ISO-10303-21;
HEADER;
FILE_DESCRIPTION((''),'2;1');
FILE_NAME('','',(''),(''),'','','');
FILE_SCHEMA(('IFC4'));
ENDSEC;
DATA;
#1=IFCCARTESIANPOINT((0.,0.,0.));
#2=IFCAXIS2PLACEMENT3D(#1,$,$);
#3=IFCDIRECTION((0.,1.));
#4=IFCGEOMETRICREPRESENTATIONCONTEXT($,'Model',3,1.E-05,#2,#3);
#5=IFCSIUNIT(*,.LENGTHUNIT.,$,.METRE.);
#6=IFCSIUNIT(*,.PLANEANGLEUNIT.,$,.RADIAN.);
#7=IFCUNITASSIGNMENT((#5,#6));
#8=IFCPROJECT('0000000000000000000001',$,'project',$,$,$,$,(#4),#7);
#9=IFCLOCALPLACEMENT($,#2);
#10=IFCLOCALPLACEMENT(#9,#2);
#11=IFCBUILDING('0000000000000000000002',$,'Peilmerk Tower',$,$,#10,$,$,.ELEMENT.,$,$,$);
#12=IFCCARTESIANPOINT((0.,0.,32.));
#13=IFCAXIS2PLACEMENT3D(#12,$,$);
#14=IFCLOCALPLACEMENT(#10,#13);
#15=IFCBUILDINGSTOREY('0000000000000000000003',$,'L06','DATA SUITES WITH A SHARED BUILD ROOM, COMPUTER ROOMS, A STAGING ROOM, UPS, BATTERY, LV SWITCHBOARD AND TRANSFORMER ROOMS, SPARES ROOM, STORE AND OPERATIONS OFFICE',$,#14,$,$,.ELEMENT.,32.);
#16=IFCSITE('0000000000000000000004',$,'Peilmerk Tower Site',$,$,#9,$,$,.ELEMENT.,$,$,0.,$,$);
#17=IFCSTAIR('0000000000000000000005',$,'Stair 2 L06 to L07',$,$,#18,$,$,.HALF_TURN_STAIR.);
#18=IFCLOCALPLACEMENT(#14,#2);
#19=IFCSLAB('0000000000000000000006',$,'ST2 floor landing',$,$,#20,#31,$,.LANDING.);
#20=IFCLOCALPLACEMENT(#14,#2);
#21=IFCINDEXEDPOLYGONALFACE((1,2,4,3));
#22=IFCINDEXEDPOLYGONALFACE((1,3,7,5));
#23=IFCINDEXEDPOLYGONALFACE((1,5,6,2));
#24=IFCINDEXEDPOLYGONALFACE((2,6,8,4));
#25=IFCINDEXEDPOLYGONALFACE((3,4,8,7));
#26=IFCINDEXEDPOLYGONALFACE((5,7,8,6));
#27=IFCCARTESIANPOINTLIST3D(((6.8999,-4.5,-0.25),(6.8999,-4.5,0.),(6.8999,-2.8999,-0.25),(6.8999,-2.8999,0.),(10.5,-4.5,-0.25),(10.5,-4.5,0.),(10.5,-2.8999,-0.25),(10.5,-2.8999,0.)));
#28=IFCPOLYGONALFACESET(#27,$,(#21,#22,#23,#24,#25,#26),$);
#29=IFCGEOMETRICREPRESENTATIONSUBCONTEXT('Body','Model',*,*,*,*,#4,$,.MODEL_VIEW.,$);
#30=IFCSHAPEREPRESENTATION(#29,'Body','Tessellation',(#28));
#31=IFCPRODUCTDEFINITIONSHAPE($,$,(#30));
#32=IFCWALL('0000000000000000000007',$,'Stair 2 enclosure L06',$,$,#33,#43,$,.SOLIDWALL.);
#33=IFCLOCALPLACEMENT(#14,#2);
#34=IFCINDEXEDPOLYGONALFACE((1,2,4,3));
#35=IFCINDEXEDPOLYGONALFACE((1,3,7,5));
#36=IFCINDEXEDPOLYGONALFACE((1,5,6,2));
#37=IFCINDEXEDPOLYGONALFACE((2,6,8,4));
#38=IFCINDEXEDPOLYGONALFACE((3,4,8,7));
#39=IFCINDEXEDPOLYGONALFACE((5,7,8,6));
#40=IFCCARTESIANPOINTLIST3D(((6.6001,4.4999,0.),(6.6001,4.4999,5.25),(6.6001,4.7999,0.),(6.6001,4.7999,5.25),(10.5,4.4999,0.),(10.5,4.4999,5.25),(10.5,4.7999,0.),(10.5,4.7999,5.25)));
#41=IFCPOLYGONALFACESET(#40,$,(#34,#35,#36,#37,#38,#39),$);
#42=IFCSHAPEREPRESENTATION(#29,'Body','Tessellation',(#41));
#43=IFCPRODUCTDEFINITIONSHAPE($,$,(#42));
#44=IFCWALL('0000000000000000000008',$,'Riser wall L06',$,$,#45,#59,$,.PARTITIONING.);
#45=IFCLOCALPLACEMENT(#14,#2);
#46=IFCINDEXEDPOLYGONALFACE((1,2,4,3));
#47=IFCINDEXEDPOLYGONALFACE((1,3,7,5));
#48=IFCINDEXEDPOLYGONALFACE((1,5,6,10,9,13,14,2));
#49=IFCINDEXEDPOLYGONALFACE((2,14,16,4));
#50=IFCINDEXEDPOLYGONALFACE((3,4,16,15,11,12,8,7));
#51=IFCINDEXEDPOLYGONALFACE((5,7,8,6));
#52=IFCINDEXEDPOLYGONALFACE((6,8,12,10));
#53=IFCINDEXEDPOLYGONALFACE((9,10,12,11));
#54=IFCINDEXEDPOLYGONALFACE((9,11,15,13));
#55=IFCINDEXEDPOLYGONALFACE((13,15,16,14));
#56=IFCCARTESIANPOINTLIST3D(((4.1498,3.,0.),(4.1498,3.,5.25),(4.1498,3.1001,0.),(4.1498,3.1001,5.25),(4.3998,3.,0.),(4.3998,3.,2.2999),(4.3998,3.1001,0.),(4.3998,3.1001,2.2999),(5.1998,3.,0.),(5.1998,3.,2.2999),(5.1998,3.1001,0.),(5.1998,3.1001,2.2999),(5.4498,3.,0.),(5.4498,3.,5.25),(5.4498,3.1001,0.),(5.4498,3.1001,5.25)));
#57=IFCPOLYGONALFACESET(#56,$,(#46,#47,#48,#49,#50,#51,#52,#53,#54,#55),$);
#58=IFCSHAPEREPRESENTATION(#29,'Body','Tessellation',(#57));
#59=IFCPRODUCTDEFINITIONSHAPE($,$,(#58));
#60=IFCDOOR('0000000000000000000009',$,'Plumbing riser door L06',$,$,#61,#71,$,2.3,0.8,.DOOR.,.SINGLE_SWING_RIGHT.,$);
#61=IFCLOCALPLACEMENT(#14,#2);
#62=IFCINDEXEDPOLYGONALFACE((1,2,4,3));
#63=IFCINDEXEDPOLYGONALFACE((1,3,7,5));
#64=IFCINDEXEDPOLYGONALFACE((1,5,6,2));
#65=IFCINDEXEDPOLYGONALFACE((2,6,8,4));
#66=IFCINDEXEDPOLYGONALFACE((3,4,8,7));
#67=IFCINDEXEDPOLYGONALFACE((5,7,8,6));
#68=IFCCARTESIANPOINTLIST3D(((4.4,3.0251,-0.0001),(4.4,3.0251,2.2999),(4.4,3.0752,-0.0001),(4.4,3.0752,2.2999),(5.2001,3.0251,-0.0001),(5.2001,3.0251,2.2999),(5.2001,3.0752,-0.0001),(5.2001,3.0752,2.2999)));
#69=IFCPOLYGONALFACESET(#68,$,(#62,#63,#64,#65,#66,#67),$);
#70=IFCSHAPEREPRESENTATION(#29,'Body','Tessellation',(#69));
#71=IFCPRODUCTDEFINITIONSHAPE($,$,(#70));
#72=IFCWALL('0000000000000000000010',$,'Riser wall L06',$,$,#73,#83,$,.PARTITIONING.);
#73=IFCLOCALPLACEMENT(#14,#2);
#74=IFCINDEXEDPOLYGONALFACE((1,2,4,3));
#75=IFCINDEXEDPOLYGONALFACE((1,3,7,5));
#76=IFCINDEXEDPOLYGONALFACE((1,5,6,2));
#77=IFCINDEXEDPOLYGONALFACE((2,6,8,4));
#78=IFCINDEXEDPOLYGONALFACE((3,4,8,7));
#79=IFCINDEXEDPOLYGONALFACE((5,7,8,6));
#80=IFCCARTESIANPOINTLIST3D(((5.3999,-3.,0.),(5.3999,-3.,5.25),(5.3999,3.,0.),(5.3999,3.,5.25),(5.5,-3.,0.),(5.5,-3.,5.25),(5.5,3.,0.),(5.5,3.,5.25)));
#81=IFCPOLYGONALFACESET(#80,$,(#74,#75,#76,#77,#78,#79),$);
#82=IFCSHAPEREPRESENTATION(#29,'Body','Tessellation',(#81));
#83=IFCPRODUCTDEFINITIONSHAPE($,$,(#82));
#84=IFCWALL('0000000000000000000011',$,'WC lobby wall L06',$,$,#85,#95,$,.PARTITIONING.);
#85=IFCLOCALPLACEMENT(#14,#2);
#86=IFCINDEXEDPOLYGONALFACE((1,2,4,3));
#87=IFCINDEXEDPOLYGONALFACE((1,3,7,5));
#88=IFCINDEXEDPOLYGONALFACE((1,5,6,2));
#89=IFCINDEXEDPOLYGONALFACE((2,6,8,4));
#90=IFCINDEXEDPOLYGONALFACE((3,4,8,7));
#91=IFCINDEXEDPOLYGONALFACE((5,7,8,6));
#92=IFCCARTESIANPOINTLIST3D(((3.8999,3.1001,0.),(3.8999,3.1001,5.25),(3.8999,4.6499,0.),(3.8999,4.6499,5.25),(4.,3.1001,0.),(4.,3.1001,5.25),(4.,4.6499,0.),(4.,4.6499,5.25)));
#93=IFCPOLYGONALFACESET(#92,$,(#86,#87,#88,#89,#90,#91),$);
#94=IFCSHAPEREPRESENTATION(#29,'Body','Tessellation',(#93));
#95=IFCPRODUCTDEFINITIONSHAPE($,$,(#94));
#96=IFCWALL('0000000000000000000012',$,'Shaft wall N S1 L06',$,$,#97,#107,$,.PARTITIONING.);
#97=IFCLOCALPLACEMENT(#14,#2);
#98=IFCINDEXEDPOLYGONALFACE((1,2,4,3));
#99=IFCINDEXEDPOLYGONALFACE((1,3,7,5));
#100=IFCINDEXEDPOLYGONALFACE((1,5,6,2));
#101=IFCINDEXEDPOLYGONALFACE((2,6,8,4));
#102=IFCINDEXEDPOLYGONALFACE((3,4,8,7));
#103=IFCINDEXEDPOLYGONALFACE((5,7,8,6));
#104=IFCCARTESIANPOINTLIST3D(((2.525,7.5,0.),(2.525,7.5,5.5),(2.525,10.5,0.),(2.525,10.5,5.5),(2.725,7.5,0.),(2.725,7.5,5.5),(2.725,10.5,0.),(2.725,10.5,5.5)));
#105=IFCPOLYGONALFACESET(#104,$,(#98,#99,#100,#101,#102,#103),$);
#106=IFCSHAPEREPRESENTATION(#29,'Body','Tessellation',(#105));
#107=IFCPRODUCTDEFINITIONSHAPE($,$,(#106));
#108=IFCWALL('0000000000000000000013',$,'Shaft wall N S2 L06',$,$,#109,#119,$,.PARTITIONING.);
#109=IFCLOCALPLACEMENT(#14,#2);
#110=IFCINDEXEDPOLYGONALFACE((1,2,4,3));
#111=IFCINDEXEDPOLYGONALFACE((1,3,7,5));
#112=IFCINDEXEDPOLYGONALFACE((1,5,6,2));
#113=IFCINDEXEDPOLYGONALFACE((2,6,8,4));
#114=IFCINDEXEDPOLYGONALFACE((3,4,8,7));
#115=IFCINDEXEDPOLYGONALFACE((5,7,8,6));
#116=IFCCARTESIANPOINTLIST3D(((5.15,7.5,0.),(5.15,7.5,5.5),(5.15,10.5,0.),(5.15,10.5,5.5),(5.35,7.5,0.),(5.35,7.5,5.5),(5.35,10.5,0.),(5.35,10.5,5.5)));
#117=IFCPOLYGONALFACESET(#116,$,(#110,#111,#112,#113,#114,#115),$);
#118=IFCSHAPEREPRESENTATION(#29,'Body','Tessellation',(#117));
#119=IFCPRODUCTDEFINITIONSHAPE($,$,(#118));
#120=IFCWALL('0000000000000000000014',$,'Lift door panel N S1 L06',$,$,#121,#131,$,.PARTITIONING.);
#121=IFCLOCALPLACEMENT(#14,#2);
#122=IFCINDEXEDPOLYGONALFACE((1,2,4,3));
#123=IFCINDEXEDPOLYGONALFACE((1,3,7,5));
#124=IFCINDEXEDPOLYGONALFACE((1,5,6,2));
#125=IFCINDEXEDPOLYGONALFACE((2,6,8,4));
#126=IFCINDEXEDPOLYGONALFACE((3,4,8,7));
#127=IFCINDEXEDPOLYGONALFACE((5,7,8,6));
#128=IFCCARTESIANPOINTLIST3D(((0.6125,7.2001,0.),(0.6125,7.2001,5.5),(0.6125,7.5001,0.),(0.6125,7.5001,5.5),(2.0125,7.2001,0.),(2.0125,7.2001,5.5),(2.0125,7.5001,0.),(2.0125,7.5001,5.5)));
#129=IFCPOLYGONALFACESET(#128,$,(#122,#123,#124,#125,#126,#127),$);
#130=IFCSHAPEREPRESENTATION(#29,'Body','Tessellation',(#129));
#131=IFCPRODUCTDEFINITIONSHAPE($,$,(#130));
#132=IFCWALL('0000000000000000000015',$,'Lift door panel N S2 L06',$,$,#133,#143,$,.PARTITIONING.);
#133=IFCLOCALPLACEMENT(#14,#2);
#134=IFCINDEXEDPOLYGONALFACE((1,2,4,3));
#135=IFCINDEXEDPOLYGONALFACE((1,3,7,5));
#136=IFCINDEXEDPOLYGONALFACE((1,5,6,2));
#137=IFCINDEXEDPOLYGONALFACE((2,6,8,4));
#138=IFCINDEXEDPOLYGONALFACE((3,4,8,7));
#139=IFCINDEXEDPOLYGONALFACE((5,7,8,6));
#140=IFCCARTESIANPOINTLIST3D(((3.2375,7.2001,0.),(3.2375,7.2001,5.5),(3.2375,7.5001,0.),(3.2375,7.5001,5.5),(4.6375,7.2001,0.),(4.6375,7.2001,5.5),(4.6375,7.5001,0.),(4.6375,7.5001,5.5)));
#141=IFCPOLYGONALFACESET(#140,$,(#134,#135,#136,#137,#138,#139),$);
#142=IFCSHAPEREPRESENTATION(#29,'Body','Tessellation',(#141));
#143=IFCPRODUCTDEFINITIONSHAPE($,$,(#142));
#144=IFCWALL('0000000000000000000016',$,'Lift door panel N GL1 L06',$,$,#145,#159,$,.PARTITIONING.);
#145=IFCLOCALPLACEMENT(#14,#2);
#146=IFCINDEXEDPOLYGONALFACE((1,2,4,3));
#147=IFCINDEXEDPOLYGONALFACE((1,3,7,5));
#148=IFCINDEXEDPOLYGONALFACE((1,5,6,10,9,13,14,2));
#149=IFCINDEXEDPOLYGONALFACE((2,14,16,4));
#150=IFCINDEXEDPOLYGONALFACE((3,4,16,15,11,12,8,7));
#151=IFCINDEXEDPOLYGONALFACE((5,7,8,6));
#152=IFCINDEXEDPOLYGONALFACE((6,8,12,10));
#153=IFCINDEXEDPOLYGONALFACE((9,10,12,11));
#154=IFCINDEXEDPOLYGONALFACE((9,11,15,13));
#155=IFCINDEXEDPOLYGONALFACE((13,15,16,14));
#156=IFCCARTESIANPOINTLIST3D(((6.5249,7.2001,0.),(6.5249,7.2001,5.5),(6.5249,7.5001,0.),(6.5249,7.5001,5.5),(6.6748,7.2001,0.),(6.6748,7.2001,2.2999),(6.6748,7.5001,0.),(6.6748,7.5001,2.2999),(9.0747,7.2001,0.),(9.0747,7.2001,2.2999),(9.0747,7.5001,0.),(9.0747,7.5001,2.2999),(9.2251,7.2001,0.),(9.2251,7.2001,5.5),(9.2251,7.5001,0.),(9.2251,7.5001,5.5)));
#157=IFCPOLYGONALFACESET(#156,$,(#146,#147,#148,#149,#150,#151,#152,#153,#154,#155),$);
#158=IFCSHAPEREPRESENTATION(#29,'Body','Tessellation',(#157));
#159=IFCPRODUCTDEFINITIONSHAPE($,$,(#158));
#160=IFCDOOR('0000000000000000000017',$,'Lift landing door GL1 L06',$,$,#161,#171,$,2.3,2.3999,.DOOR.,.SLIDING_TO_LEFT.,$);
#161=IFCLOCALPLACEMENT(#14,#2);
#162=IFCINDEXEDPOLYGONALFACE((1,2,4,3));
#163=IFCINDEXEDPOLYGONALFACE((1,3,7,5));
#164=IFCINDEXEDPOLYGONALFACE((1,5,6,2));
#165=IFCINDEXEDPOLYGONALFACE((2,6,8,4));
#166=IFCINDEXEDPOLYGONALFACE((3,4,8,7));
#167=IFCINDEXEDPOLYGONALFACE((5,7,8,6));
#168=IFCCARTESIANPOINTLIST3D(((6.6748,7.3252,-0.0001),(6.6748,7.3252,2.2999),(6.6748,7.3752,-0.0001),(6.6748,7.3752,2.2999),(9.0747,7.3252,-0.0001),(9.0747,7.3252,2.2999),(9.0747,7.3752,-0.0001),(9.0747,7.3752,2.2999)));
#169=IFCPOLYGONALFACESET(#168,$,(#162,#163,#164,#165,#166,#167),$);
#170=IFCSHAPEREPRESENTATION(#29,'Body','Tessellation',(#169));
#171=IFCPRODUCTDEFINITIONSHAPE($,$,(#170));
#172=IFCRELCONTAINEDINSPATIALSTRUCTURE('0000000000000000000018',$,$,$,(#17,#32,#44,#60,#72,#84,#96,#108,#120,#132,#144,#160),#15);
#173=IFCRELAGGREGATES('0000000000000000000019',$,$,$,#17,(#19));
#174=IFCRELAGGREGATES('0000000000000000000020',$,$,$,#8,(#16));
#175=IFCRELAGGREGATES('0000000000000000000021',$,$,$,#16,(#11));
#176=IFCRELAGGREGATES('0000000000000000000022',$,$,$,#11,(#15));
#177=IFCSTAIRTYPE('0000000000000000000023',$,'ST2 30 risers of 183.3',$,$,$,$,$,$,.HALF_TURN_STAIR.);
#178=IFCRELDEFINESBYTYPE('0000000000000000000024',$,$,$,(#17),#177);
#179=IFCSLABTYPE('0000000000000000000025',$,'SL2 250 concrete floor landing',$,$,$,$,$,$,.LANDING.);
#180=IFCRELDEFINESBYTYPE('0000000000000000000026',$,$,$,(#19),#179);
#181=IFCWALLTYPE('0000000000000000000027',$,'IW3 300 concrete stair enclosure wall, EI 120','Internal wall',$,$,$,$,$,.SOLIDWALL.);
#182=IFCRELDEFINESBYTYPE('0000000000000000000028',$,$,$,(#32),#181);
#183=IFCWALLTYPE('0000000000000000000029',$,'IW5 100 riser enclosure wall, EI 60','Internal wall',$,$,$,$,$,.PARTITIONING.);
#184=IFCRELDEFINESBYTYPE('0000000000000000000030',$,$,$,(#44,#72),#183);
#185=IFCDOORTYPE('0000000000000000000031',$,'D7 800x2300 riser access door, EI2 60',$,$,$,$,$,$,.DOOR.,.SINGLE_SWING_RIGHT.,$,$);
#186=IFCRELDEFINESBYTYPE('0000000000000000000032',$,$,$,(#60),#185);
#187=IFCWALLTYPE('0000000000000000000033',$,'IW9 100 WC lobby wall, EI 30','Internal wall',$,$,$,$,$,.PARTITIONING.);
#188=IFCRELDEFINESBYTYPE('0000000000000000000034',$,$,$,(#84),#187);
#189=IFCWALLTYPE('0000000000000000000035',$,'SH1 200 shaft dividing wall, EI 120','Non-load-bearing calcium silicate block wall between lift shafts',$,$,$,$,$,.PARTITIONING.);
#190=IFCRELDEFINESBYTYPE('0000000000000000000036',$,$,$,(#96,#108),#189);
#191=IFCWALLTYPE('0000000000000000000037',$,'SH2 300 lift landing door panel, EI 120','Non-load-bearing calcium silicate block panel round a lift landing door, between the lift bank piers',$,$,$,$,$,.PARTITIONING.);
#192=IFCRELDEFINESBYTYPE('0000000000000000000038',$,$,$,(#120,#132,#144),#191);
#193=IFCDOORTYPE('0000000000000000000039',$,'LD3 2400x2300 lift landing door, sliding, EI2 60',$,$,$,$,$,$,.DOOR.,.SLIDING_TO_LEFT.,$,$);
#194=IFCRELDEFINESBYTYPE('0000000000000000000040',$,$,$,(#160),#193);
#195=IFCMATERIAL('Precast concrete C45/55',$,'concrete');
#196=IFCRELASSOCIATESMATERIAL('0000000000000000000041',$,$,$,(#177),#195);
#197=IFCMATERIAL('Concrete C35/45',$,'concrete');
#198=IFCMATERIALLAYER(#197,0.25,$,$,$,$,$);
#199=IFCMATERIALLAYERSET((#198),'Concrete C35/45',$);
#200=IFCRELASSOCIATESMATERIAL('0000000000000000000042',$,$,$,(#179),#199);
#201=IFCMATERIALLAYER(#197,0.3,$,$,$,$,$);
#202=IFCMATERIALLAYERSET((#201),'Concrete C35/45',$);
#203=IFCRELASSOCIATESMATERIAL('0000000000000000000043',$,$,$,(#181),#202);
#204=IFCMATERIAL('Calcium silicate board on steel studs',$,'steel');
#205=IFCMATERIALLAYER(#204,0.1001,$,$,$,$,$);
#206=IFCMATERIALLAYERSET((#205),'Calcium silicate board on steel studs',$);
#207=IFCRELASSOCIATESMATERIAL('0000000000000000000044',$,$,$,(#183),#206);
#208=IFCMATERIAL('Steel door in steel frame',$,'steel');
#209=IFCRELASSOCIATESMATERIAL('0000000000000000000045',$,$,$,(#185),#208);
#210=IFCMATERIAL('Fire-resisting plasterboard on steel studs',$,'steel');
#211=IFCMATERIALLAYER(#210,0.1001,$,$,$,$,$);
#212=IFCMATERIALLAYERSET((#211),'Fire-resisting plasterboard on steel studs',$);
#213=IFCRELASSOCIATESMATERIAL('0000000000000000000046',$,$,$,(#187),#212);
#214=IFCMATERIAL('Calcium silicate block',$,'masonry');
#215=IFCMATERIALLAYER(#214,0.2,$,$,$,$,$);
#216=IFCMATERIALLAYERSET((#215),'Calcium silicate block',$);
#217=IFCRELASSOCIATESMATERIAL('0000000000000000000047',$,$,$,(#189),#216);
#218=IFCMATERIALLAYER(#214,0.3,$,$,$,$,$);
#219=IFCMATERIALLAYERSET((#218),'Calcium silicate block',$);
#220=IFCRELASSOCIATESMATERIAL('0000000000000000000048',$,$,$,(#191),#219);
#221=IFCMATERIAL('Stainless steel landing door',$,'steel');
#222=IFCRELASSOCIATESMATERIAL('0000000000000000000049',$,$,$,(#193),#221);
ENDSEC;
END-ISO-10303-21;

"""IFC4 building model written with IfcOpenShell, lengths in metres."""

from ifc_helpers import new_model, si_unit, direction, frame, frame_2d, origin, place, context, subcontext, project, spatial, polyline, rectangle, outline, extrude, material, layer, layer_set, type_object, element, fill, aggregate, save


model = new_model("IFC4")

# Units and contexts
model_context = context("Model", 3, precision=1e-05, world=origin(), true_north=direction((0.0, 1.0)))
body_context = subcontext(model_context, "Body", "Model", "MODEL_VIEW")
ifc_project = project(units=[si_unit("LENGTHUNIT", "METRE"), si_unit("PLANEANGLEUNIT", "RADIAN")], contexts=[model_context])

# Site, building, storey
site_placement = place(None, origin())
site = spatial("IfcSite", under=ifc_project, at=site_placement, Name="Peilmerk Tower Site", CompositionType="ELEMENT", RefElevation=0.0)
building_placement = place(site_placement, origin())
building = spatial("IfcBuilding", under=site, at=building_placement, Name="Peilmerk Tower", CompositionType="ELEMENT")
storey_placement = place(building_placement, frame((0.0, 0.0, 32.0)))
storey = spatial("IfcBuildingStorey", under=building, at=storey_placement, Name="L06", Description="DATA SUITES WITH A SHARED BUILD ROOM, COMPUTER ROOMS, A STAGING ROOM, UPS, BATTERY, LV SWITCHBOARD AND TRANSFORMER ROOMS, SPARES ROOM, STORE AND OPERATIONS OFFICE", CompositionType="ELEMENT", Elevation=32.0)

# Stair, slab
ifc_material_1 = material(Name="Precast concrete C45/55", Category="concrete")
stair_type = type_object("IfcStairType", Name="ST2 30 risers of 183.3", PredefinedType="HALF_TURN_STAIR", material=ifc_material_1)
stair_placement = place(storey_placement, origin())
stair = element("IfcStair", 1, at=stair_placement, inside=storey, type_object=stair_type, Name="Stair 2 L06 to L07", PredefinedType="HALF_TURN_STAIR")
ifc_material_2 = material(Name="Concrete C35/45", Category="concrete")
ifc_layer_1 = layer(ifc_material_2, 0.25)
ifc_layer_set_1 = layer_set([ifc_layer_1], Name="Concrete C35/45")
slab_type = type_object("IfcSlabType", Name="SL2 250 concrete floor landing", PredefinedType="LANDING", material=ifc_layer_set_1)
slab_placement = place(storey_placement, frame((0.0, 0.0, -0.25)))
slab = element("IfcSlab", 2, at=slab_placement, type_object=slab_type, Name="ST2 floor landing", PredefinedType="LANDING", context=body_context, shape_type="SweptSolid", body=[
    extrude(outline(polyline([(6.8999, -4.5), (10.5, -4.5), (10.5, -2.8999), (6.8999, -2.8999), (6.8999, -4.5)])), origin(), (0.0, 0.0, 1.0), 0.25),
])
aggregate(stair, [slab])

# Wall
ifc_layer_2 = layer(ifc_material_2, 0.3)
ifc_layer_set_2 = layer_set([ifc_layer_2], Name="Concrete C35/45")
wall_type_1 = type_object("IfcWallType", Name="IW3 300 concrete stair enclosure wall, EI 120", Description="Internal wall", PredefinedType="SOLIDWALL", material=ifc_layer_set_2)
wall_1_placement = place(storey_placement, frame((6.6001, 4.6499, 0.0), z_axis=(0.0, 0.0, 1.0), x_axis=(1.0, 0.0, 0.0)))
element("IfcWall", 3, at=wall_1_placement, inside=storey, type_object=wall_type_1, Name="Stair 2 enclosure L06", PredefinedType="SOLIDWALL", context=body_context, shape_type="SweptSolid", body=[
    extrude(rectangle(XDim=3.8999, YDim=0.3, at=frame_2d((1.95, 0.0))), origin(), (0.0, 0.0, 1.0), 5.25),
])

# Wall, opening, door
ifc_material_3 = material(Name="Calcium silicate board on steel studs", Category="steel")
ifc_layer_3 = layer(ifc_material_3, 0.1001)
ifc_layer_set_3 = layer_set([ifc_layer_3], Name="Calcium silicate board on steel studs")
wall_type_2 = type_object("IfcWallType", Name="IW5 100 riser enclosure wall, EI 60", Description="Internal wall", PredefinedType="PARTITIONING", material=ifc_layer_set_3)
wall_2_placement = place(storey_placement, frame((4.1499, 3.05, 0.0), z_axis=(0.0, 0.0, 1.0), x_axis=(1.0, 0.0, 0.0)))
wall_2 = element("IfcWall", 4, at=wall_2_placement, inside=storey, type_object=wall_type_2, Name="Riser wall L06", PredefinedType="PARTITIONING", context=body_context, shape_type="SweptSolid", body=[
    extrude(rectangle(XDim=1.3, YDim=0.1001, at=frame_2d((0.6499, 0.0))), origin(), (0.0, 0.0, 1.0), 5.25),
])
opening_1_placement = place(wall_2_placement, frame((0.25, 0.0, 0.0)))
opening_1 = element("IfcOpeningElement", 5, at=opening_1_placement, cuts=wall_2, PredefinedType="OPENING", context=body_context, shape_type="SweptSolid", body=[
    extrude(rectangle(XDim=0.8, YDim=2.3, at=frame_2d((0.3999, 1.1499))), frame((0.0, 0.0601, 0.0), z_axis=(0.0, -1.0, 0.0), x_axis=(1.0, 0.0, 0.0)), (0.0, 0.0, 1.0), 0.1201),
])
ifc_material_4 = material(Name="Steel door in steel frame", Category="steel")
door_type_1 = type_object("IfcDoorType", Name="D7 800x2300 riser access door, EI2 60", OperationType="SINGLE_SWING_RIGHT", PredefinedType="DOOR", material=ifc_material_4)
door_1_placement = place(opening_1_placement, frame((0.8, 0.0, 0.0), z_axis=(0.0, 0.0, 1.0), x_axis=(-1.0, 0.0, 0.0)))
door_1 = element("IfcDoor", 6, at=door_1_placement, inside=storey, type_object=door_type_1, Name="Plumbing riser door L06", OperationType="SINGLE_SWING_RIGHT", OverallHeight=2.3, OverallWidth=0.8, PredefinedType="DOOR", context=body_context, shape_type="SweptSolid", body=[
    extrude(rectangle(XDim=0.8, YDim=2.3, at=frame_2d((0.3999, 1.1499))), frame((0.0, 0.0249, 0.0), z_axis=(0.0, -1.0, 0.0), x_axis=(1.0, 0.0, 0.0)), (0.0, 0.0, 1.0), 0.05),
])
fill(opening_1, door_1)

# Walls
wall_3_placement = place(storey_placement, frame((5.45, 3.0, 0.0), z_axis=(0.0, 0.0, 1.0), x_axis=(0.0, -1.0, 0.0)))
element("IfcWall", 7, at=wall_3_placement, inside=storey, type_object=wall_type_2, Name="Riser wall L06", PredefinedType="PARTITIONING", context=body_context, shape_type="SweptSolid", body=[
    extrude(rectangle(XDim=6.0, YDim=0.1001, at=frame_2d((3.0, 0.0))), origin(), (0.0, 0.0, 1.0), 5.25),
])
ifc_material_5 = material(Name="Fire-resisting plasterboard on steel studs", Category="steel")
ifc_layer_4 = layer(ifc_material_5, 0.1001)
ifc_layer_set_4 = layer_set([ifc_layer_4], Name="Fire-resisting plasterboard on steel studs")
wall_type_3 = type_object("IfcWallType", Name="IW9 100 WC lobby wall, EI 30", Description="Internal wall", PredefinedType="PARTITIONING", material=ifc_layer_set_4)
wall_4_placement = place(storey_placement, frame((3.95, 3.1001, 0.0), z_axis=(0.0, 0.0, 1.0), x_axis=(0.0, 1.0, 0.0)))
element("IfcWall", 8, at=wall_4_placement, inside=storey, type_object=wall_type_3, Name="WC lobby wall L06", PredefinedType="PARTITIONING", context=body_context, shape_type="SweptSolid", body=[
    extrude(rectangle(XDim=1.5498, YDim=0.1001, at=frame_2d((0.7749, 0.0))), origin(), (0.0, 0.0, 1.0), 5.25),
])
ifc_material_6 = material(Name="Calcium silicate block", Category="masonry")
ifc_layer_5 = layer(ifc_material_6, 0.2)
ifc_layer_set_5 = layer_set([ifc_layer_5], Name="Calcium silicate block")
wall_type_4 = type_object("IfcWallType", Name="SH1 200 shaft dividing wall, EI 120", Description="Non-load-bearing calcium silicate block wall between lift shafts", PredefinedType="PARTITIONING", material=ifc_layer_set_5)
for number, where, z_axis, x_axis, name in (
    (9, (2.625, 7.5, 0.0), (0.0, 0.0, 1.0), (0.0, 1.0, 0.0), "Shaft wall N S1 L06"),
    (10, (5.25, 7.5, 0.0), (0.0, 0.0, 1.0), (0.0, 1.0, 0.0), "Shaft wall N S2 L06"),
):
    element("IfcWall", number, at=place(storey_placement, frame(where, z_axis=z_axis, x_axis=x_axis)), inside=storey, type_object=wall_type_4, Name=name, PredefinedType="PARTITIONING", context=body_context, shape_type="SweptSolid", body=[
        extrude(rectangle(XDim=3.0, YDim=0.2, at=frame_2d((1.5, 0.0))), origin(), (0.0, 0.0, 1.0), 5.5),
    ])
ifc_layer_6 = layer(ifc_material_6, 0.3)
ifc_layer_set_6 = layer_set([ifc_layer_6], Name="Calcium silicate block")
wall_type_5 = type_object("IfcWallType", Name="SH2 300 lift landing door panel, EI 120", Description="Non-load-bearing calcium silicate block panel round a lift landing door, between the lift bank piers", PredefinedType="PARTITIONING", material=ifc_layer_set_6)
for number, where, z_axis, x_axis, name in (
    (11, (0.6125, 7.3501, 0.0), (0.0, 0.0, 1.0), (1.0, 0.0, 0.0), "Lift door panel N S1 L06"),
    (12, (3.2375, 7.3501, 0.0), (0.0, 0.0, 1.0), (1.0, 0.0, 0.0), "Lift door panel N S2 L06"),
):
    element("IfcWall", number, at=place(storey_placement, frame(where, z_axis=z_axis, x_axis=x_axis)), inside=storey, type_object=wall_type_5, Name=name, PredefinedType="PARTITIONING", context=body_context, shape_type="SweptSolid", body=[
        extrude(rectangle(XDim=1.3999, YDim=0.3, at=frame_2d((0.7, 0.0))), origin(), (0.0, 0.0, 1.0), 5.5),
    ])

# Wall, opening, door
wall_5_placement = place(storey_placement, frame((6.5249, 7.3501, 0.0), z_axis=(0.0, 0.0, 1.0), x_axis=(1.0, 0.0, 0.0)))
wall_5 = element("IfcWall", 13, at=wall_5_placement, inside=storey, type_object=wall_type_5, Name="Lift door panel N GL1 L06", PredefinedType="PARTITIONING", context=body_context, shape_type="SweptSolid", body=[
    extrude(rectangle(XDim=2.7002, YDim=0.3, at=frame_2d((1.3501, 0.0))), origin(), (0.0, 0.0, 1.0), 5.5),
])
opening_2_placement = place(wall_5_placement, frame((0.1499, 0.0, 0.0)))
opening_2 = element("IfcOpeningElement", 14, at=opening_2_placement, cuts=wall_5, PredefinedType="OPENING", context=body_context, shape_type="SweptSolid", body=[
    extrude(rectangle(XDim=2.3999, YDim=2.3, at=frame_2d((1.2, 1.1499))), frame((0.0, 0.1599, 0.0), z_axis=(0.0, -1.0, 0.0), x_axis=(1.0, 0.0, 0.0)), (0.0, 0.0, 1.0), 0.3201),
])
ifc_material_7 = material(Name="Stainless steel landing door", Category="steel")
door_type_2 = type_object("IfcDoorType", Name="LD3 2400x2300 lift landing door, sliding, EI2 60", OperationType="SLIDING_TO_LEFT", PredefinedType="DOOR", material=ifc_material_7)
door_2_placement = place(opening_2_placement, frame((2.3999, 0.0, 0.0), z_axis=(0.0, 0.0, 1.0), x_axis=(-1.0, 0.0, 0.0)))
door_2 = element("IfcDoor", 15, at=door_2_placement, inside=storey, type_object=door_type_2, Name="Lift landing door GL1 L06", OperationType="SLIDING_TO_LEFT", OverallHeight=2.3, OverallWidth=2.3999, PredefinedType="DOOR", context=body_context, shape_type="SweptSolid", body=[
    extrude(rectangle(XDim=2.3999, YDim=2.3, at=frame_2d((1.2, 1.1499))), frame((0.0, 0.0249, 0.0), z_axis=(0.0, -1.0, 0.0), x_axis=(1.0, 0.0, 0.0)), (0.0, 0.0, 1.0), 0.05),
])
fill(opening_2, door_2)

save(model, "model.ifc")
